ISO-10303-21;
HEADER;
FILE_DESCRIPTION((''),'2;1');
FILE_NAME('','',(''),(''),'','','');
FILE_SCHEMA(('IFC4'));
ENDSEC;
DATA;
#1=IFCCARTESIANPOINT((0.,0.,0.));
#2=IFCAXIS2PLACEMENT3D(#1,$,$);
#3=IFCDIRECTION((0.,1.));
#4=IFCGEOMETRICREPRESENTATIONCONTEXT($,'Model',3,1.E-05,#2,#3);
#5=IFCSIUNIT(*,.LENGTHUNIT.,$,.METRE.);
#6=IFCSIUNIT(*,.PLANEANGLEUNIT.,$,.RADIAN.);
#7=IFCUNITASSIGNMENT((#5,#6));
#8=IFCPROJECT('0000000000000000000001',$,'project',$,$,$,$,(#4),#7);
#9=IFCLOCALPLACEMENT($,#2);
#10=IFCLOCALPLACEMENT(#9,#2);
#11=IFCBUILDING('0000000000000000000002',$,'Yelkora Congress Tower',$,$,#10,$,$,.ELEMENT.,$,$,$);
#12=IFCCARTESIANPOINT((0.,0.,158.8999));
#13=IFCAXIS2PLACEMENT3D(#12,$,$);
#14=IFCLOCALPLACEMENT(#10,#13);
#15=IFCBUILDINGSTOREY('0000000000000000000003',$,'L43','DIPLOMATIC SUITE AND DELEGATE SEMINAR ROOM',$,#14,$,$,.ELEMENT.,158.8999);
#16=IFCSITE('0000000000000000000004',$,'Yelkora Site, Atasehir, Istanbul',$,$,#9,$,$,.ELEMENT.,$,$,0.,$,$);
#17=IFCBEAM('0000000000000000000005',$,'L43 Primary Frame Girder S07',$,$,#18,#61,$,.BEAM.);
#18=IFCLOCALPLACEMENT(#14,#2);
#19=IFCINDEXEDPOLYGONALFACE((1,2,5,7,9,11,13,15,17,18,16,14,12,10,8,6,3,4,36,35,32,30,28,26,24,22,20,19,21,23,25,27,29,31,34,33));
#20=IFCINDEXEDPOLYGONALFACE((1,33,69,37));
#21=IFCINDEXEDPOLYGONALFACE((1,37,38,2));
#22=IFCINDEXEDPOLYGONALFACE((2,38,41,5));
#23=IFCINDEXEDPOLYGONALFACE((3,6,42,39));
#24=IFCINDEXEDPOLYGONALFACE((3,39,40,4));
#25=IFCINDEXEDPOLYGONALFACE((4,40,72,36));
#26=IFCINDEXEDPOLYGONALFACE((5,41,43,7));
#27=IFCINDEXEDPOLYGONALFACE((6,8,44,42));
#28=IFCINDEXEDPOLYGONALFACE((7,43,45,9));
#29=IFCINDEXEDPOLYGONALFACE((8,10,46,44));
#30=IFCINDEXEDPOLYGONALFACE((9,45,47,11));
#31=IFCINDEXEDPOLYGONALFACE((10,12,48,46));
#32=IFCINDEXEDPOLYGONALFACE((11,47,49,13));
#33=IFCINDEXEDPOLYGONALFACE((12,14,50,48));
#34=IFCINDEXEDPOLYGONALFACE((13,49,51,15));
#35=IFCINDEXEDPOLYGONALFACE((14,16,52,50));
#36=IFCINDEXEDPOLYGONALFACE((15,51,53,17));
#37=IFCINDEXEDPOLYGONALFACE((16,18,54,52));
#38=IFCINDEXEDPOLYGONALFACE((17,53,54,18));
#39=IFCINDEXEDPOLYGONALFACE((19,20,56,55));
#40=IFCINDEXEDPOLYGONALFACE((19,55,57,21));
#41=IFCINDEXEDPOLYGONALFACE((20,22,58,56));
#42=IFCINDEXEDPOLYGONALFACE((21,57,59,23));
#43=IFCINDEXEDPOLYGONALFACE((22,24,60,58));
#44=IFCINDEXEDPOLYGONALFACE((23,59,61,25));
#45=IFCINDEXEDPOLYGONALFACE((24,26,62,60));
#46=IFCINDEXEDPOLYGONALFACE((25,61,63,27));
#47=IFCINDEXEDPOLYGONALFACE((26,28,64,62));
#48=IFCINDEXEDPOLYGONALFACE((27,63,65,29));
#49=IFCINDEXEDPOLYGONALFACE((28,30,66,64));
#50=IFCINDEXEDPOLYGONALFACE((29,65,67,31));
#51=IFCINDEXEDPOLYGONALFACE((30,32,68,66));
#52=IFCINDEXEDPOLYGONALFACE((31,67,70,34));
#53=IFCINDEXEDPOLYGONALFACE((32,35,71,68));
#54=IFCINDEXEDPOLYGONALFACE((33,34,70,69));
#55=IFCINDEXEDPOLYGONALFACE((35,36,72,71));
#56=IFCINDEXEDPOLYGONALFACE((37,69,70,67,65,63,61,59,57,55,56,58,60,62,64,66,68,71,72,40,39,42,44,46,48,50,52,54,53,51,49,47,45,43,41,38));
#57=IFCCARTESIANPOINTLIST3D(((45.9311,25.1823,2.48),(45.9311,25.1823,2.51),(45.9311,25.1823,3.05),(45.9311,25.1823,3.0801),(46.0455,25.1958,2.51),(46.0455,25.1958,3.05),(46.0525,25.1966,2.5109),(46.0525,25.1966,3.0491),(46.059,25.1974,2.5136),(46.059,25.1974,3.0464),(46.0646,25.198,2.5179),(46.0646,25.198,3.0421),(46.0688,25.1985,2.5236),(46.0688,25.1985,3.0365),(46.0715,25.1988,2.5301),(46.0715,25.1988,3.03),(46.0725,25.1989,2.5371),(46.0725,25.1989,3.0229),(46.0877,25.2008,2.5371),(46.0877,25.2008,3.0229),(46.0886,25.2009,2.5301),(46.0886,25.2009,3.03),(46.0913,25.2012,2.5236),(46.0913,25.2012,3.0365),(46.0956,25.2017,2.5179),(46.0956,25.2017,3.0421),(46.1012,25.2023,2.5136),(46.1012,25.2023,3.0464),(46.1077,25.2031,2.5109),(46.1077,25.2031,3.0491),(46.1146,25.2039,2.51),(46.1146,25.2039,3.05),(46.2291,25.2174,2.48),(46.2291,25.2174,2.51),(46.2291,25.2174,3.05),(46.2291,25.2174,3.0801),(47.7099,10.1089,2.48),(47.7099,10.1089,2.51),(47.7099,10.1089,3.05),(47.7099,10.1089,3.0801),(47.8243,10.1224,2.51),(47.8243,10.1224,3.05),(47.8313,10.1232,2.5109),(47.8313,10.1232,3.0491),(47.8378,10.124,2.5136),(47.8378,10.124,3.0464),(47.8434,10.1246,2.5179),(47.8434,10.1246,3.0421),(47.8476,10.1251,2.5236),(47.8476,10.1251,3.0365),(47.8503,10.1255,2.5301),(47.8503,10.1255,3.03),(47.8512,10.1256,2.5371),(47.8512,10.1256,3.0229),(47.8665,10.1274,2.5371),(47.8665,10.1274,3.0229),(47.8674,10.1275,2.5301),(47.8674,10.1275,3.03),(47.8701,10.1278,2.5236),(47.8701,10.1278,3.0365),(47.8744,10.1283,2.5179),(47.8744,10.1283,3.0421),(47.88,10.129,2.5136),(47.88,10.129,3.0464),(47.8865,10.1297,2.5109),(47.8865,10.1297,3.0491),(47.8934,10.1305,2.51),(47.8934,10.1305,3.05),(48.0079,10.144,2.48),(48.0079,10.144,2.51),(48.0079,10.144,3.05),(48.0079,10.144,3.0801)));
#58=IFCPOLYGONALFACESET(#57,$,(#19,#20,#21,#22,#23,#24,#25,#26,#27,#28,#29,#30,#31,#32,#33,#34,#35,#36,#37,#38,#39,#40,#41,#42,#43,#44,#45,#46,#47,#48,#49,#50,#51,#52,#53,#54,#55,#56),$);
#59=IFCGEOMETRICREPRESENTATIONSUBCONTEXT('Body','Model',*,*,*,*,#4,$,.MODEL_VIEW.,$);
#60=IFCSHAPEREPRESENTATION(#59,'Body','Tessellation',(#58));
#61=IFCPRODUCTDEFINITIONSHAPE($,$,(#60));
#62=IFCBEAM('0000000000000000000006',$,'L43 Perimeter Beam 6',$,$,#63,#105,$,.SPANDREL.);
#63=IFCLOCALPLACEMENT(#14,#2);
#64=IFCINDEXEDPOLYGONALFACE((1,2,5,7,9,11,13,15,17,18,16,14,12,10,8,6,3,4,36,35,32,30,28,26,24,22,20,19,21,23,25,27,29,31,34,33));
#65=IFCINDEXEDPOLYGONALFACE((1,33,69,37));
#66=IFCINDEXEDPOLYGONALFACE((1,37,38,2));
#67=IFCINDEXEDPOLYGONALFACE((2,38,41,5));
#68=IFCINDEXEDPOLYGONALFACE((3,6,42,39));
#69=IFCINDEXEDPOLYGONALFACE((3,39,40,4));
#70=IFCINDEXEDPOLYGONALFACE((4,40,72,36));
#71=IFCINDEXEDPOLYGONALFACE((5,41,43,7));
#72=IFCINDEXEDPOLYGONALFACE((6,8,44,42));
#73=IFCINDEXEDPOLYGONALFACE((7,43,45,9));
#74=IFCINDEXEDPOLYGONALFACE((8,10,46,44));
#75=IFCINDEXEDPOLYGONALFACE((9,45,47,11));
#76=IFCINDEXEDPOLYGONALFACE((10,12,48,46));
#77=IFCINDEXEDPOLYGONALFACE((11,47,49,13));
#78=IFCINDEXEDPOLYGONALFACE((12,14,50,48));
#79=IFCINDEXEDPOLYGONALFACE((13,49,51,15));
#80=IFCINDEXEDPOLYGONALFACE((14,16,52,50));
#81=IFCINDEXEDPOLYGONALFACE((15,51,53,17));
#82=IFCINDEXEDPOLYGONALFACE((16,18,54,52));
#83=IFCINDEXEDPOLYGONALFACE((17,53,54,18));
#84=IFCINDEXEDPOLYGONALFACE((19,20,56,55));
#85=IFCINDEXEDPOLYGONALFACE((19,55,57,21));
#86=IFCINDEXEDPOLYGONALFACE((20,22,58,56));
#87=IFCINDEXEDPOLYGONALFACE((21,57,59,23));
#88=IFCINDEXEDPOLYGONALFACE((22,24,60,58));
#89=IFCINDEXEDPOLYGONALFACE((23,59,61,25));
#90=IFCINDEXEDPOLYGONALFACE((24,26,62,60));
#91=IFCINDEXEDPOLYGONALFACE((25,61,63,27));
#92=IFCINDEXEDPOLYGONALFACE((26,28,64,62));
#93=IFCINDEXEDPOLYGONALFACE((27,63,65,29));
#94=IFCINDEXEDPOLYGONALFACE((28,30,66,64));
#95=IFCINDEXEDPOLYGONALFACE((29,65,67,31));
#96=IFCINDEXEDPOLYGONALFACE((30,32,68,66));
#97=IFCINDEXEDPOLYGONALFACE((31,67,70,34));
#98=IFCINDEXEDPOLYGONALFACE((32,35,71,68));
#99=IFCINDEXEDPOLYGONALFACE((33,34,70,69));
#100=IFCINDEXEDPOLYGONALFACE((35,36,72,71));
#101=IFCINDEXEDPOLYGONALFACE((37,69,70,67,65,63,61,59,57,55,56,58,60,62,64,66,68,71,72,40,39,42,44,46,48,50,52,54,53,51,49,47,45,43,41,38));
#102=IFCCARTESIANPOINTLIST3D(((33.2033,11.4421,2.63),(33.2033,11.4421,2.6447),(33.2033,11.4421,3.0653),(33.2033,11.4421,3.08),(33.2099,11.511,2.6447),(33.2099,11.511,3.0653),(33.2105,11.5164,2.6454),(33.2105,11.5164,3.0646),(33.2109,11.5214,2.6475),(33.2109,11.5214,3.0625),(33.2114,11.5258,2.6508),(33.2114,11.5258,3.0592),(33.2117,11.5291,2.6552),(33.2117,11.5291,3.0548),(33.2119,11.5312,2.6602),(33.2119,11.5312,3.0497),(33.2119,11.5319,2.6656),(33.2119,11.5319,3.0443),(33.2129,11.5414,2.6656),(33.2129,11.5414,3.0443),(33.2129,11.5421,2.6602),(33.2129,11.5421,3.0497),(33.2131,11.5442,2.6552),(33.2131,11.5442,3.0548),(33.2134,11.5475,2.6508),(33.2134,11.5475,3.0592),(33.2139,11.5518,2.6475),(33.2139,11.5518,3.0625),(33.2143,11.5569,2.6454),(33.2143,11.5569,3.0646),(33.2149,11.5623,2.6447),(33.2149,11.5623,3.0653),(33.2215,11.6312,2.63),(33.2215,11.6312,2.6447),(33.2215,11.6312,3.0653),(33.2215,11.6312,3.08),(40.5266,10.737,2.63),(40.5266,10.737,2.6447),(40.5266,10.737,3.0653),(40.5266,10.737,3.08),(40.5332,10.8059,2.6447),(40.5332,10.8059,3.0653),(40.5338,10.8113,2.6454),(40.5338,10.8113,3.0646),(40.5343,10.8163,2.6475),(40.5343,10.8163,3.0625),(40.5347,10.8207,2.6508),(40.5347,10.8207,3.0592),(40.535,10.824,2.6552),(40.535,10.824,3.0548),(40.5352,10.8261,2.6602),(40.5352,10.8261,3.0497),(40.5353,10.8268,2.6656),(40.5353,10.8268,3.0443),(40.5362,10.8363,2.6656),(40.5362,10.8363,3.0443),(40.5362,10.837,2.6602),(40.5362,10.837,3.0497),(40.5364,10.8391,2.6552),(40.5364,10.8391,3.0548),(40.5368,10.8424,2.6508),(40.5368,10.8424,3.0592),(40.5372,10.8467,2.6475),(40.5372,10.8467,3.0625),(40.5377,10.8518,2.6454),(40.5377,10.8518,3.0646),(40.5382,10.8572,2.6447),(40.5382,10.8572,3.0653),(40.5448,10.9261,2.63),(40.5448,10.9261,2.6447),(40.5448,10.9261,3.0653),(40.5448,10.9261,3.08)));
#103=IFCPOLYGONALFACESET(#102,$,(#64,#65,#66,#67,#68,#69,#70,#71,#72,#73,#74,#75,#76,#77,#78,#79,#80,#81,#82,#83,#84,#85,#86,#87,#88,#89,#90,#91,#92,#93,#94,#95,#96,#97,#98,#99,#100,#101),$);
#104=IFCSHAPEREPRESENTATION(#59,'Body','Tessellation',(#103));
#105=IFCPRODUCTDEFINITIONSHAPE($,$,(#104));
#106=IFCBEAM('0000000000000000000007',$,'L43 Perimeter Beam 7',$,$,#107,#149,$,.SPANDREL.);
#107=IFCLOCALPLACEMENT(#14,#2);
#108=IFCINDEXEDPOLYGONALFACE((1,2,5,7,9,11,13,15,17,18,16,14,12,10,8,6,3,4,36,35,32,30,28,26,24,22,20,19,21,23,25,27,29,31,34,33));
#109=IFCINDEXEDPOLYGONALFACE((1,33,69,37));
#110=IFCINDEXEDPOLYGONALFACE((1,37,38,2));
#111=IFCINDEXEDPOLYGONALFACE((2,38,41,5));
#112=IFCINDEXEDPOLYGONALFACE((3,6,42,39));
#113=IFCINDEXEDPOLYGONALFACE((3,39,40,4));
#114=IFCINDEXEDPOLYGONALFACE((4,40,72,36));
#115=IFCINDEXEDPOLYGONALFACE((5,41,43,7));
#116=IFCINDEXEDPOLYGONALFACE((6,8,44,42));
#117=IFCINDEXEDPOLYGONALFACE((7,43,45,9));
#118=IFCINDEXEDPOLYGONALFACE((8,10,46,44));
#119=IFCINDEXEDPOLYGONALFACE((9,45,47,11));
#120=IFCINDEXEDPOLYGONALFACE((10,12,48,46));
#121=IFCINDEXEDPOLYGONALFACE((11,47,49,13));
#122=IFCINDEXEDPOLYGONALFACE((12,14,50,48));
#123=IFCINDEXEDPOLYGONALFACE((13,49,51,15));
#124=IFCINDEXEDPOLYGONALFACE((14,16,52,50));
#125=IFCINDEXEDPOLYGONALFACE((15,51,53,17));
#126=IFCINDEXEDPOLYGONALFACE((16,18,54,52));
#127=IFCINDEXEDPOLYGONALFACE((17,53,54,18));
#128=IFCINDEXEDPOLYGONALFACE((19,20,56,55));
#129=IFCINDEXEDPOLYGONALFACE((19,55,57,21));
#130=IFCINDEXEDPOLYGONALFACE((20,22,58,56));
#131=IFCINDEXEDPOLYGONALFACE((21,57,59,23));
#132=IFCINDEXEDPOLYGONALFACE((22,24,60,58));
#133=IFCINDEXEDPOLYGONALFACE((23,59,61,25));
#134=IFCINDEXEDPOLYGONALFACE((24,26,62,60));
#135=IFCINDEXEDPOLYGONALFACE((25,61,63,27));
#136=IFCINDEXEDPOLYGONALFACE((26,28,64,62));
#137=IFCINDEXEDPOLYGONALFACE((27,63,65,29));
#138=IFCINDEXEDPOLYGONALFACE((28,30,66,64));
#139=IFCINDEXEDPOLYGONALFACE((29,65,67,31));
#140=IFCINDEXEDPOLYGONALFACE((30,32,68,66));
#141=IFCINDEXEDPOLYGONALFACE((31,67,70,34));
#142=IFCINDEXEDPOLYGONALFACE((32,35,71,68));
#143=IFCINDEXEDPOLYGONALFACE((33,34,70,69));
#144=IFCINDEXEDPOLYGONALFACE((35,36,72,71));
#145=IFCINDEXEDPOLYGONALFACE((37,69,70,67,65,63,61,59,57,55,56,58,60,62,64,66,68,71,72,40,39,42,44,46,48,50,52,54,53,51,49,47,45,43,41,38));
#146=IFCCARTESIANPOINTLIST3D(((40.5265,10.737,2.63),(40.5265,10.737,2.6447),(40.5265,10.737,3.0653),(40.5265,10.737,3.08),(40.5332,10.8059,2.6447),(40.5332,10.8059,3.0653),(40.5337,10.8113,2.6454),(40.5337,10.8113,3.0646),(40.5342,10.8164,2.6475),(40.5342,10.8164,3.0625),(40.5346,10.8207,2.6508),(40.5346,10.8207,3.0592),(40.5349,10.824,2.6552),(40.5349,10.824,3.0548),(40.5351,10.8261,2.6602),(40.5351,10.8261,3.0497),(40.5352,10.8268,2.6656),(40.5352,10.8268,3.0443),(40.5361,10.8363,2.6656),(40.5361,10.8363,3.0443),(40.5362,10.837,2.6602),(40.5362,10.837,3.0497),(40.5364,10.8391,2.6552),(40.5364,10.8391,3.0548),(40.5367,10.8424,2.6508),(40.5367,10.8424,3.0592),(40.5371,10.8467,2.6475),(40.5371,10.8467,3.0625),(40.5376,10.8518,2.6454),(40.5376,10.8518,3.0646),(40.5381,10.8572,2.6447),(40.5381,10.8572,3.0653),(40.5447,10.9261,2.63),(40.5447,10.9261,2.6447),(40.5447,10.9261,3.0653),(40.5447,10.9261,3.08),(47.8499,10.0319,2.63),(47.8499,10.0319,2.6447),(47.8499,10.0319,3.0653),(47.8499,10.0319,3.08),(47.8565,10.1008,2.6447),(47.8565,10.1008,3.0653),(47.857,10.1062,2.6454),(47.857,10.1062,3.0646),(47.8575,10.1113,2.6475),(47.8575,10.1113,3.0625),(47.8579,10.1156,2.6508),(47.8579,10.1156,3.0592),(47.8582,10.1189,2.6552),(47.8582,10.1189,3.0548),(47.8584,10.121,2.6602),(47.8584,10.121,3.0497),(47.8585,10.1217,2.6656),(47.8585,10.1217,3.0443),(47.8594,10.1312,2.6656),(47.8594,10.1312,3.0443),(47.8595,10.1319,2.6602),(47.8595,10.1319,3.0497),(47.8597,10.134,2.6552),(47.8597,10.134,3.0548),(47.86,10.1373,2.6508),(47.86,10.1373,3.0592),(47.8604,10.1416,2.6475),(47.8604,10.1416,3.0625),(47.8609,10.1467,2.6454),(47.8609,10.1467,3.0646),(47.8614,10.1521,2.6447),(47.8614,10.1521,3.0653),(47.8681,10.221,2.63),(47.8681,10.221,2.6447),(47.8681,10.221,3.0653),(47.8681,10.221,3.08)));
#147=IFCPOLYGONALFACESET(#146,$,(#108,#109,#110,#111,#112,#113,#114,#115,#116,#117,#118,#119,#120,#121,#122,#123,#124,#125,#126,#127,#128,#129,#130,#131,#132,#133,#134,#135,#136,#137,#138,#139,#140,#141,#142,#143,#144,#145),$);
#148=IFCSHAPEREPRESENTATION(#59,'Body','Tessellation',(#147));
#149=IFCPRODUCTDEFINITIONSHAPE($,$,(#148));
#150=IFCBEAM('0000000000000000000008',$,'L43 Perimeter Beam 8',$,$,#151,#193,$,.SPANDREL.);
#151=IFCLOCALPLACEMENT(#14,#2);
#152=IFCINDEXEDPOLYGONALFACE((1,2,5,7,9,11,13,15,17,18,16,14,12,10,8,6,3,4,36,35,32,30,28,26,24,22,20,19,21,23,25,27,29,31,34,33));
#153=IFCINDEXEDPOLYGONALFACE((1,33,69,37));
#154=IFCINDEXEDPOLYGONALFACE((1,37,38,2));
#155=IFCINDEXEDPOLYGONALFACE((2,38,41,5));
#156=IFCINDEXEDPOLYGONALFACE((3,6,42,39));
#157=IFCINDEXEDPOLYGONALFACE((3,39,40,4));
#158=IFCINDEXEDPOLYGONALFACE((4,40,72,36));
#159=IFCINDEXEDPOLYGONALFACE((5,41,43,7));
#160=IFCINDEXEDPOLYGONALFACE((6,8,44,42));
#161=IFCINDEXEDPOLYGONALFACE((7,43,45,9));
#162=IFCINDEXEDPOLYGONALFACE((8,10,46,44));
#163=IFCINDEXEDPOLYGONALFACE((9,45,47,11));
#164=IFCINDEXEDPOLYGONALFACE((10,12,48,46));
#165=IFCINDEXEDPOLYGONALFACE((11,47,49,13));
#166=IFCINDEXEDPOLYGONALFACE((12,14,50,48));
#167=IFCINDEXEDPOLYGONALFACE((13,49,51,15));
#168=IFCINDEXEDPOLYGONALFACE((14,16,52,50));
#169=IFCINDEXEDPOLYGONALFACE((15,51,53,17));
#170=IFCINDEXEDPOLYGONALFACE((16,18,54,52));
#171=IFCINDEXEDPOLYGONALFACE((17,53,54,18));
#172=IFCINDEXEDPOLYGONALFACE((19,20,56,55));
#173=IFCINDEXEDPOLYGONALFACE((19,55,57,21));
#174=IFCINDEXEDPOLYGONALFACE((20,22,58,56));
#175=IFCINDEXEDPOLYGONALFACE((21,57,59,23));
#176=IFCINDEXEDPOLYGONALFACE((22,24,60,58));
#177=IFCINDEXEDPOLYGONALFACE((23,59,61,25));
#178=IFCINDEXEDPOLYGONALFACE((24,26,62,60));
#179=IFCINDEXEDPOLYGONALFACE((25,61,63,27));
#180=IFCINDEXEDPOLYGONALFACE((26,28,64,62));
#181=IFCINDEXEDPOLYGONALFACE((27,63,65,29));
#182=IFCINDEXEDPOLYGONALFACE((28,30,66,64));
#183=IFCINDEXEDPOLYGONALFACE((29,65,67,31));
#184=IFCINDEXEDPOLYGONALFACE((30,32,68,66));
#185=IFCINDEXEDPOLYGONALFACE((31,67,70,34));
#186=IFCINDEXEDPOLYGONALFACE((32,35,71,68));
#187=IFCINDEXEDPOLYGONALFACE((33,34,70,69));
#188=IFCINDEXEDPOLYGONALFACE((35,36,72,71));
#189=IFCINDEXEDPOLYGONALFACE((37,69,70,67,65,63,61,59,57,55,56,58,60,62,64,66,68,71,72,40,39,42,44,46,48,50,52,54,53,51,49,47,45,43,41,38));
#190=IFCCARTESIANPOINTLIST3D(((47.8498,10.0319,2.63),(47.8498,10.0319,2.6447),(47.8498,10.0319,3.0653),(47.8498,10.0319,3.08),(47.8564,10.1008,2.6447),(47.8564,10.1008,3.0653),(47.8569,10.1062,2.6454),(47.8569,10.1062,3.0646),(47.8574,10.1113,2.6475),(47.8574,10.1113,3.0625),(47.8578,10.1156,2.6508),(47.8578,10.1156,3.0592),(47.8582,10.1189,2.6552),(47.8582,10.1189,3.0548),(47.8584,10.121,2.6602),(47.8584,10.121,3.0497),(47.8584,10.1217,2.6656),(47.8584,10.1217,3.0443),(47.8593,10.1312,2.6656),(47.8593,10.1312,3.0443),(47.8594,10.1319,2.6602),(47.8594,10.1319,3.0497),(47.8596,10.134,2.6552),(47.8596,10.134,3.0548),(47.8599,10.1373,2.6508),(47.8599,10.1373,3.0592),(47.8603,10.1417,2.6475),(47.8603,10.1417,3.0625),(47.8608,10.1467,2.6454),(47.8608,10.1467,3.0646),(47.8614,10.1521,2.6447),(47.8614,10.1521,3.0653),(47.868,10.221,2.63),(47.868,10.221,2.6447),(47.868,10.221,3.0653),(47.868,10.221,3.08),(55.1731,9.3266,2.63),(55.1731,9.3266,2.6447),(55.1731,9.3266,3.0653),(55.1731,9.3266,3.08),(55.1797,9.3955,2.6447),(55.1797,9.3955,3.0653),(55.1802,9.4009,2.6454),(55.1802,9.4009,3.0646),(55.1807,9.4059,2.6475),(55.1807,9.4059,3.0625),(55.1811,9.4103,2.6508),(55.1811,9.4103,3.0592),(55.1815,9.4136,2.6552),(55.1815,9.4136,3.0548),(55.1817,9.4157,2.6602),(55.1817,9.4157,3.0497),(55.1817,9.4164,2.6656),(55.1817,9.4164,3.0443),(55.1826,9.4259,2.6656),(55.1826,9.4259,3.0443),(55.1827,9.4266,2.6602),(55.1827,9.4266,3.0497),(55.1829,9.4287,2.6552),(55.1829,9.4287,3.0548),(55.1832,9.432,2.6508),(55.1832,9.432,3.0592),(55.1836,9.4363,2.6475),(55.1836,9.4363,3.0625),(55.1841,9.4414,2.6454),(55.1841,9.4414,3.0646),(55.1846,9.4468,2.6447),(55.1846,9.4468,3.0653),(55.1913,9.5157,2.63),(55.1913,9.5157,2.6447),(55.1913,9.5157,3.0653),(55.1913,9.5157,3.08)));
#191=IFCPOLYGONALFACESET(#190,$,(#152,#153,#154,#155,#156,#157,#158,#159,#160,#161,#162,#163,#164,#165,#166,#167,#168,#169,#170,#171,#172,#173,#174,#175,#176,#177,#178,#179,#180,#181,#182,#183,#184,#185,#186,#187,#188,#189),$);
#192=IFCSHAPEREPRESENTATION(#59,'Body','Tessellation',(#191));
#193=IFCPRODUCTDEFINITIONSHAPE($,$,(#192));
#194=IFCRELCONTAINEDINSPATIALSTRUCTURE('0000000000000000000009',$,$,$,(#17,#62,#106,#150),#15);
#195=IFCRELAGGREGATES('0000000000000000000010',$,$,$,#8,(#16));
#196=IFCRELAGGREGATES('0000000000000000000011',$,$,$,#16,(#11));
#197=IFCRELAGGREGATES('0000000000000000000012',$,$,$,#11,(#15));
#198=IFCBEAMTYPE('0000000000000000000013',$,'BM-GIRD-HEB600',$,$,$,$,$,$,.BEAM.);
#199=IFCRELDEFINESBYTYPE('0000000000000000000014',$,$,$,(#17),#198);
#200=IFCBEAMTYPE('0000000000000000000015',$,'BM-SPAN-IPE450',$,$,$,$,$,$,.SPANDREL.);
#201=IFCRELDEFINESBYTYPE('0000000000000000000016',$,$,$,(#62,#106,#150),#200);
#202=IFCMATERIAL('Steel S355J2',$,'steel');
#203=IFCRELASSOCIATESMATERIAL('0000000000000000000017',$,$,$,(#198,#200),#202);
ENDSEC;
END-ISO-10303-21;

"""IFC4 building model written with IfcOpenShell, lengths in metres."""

from ifc_helpers import new_model, si_unit, direction, frame, origin, origin_2d, place, context, subcontext, project, spatial, i_section, extrude, material, material_profile, profile_set, type_object, element, save


model = new_model("IFC4")

# Units and contexts
model_context = context("Model", 3, precision=1e-05, world=origin(), true_north=direction((0.0, 1.0)))
body_context = subcontext(model_context, "Body", "Model", "MODEL_VIEW")
ifc_project = project(units=[si_unit("LENGTHUNIT", "METRE"), si_unit("PLANEANGLEUNIT", "RADIAN")], contexts=[model_context])

# Site, building, storey
site_placement = place(None, origin())
site = spatial("IfcSite", under=ifc_project, at=site_placement, Name="Yelkora Site, Atasehir, Istanbul", CompositionType="ELEMENT", RefElevation=0.0)
building_placement = place(site_placement, origin())
building = spatial("IfcBuilding", under=site, at=building_placement, Name="Yelkora Congress Tower", CompositionType="ELEMENT")
storey_placement = place(building_placement, frame((0.0, 0.0, 158.8999)))
storey = spatial("IfcBuildingStorey", under=building, at=storey_placement, Name="L43", Description="DIPLOMATIC SUITE AND DELEGATE SEMINAR ROOM", CompositionType="ELEMENT", Elevation=158.8999)

# Beams
ifc_material_1 = material(Name="Steel S355J2", Category="steel")
ifc_material_profile_1 = material_profile(ifc_material_1, i_section(OverallWidth=0.3, OverallDepth=0.6001, WebThickness=0.0154, FlangeThickness=0.03, FilletRadius=0.0271, at=origin_2d()), Name="HEB 600")
ifc_profile_set_1 = profile_set([ifc_material_profile_1], Name="Steel S355J2")
beam_type_1 = type_object("IfcBeamType", Name="BM-GIRD-HEB600", PredefinedType="BEAM", material=ifc_profile_set_1)
beam_1_placement = place(storey_placement, frame((47.8589, 10.1265, 2.78), z_axis=(-0.117196, 0.993109, 0.0), x_axis=(-0.993109, -0.117196, 0.0)))
element("IfcBeam", 1, at=beam_1_placement, inside=storey, type_object=beam_type_1, Name="L43 Primary Frame Girder S07", PredefinedType="BEAM", context=body_context, shape_type="SweptSolid", body=[
    extrude(i_section(OverallWidth=0.3, OverallDepth=0.6001, WebThickness=0.0154, FlangeThickness=0.03, FilletRadius=0.0271, at=origin_2d()), origin(), (0.0, 0.0, 1.0), 15.178),
])
ifc_material_profile_2 = material_profile(ifc_material_1, i_section(OverallWidth=0.1899, OverallDepth=0.45, WebThickness=0.0095, FlangeThickness=0.0146, FilletRadius=0.021, at=origin_2d()), Name="IPE 450")
ifc_profile_set_2 = profile_set([ifc_material_profile_2], Name="Steel S355J2")
beam_type_2 = type_object("IfcBeamType", Name="BM-SPAN-IPE450", PredefinedType="SPANDREL", material=ifc_profile_set_2)
for number, where, z_axis, x_axis, name in (
    (2, (33.2124, 11.5366, 2.855), (0.995397, -0.095836, 0.0), (0.095836, 0.995397, 0.0), "L43 Perimeter Beam 6"),
    (3, (40.5356, 10.8315, 2.855), (0.995397, -0.095836, 0.0), (0.095836, 0.995397, 0.0), "L43 Perimeter Beam 7"),
    (4, (47.8589, 10.1265, 2.855), (0.995394, -0.095869, 0.0), (0.095869, 0.995394, 0.0), "L43 Perimeter Beam 8"),
):
    element("IfcBeam", number, at=place(storey_placement, frame(where, z_axis=z_axis, x_axis=x_axis)), inside=storey, type_object=beam_type_2, Name=name, PredefinedType="SPANDREL", context=body_context, shape_type="SweptSolid", body=[
        extrude(i_section(OverallWidth=0.1899, OverallDepth=0.45, WebThickness=0.0095, FlangeThickness=0.0146, FilletRadius=0.021, at=origin_2d()), origin(), (0.0, 0.0, 1.0), 7.3572),
    ])

save(model, "model.ifc")
